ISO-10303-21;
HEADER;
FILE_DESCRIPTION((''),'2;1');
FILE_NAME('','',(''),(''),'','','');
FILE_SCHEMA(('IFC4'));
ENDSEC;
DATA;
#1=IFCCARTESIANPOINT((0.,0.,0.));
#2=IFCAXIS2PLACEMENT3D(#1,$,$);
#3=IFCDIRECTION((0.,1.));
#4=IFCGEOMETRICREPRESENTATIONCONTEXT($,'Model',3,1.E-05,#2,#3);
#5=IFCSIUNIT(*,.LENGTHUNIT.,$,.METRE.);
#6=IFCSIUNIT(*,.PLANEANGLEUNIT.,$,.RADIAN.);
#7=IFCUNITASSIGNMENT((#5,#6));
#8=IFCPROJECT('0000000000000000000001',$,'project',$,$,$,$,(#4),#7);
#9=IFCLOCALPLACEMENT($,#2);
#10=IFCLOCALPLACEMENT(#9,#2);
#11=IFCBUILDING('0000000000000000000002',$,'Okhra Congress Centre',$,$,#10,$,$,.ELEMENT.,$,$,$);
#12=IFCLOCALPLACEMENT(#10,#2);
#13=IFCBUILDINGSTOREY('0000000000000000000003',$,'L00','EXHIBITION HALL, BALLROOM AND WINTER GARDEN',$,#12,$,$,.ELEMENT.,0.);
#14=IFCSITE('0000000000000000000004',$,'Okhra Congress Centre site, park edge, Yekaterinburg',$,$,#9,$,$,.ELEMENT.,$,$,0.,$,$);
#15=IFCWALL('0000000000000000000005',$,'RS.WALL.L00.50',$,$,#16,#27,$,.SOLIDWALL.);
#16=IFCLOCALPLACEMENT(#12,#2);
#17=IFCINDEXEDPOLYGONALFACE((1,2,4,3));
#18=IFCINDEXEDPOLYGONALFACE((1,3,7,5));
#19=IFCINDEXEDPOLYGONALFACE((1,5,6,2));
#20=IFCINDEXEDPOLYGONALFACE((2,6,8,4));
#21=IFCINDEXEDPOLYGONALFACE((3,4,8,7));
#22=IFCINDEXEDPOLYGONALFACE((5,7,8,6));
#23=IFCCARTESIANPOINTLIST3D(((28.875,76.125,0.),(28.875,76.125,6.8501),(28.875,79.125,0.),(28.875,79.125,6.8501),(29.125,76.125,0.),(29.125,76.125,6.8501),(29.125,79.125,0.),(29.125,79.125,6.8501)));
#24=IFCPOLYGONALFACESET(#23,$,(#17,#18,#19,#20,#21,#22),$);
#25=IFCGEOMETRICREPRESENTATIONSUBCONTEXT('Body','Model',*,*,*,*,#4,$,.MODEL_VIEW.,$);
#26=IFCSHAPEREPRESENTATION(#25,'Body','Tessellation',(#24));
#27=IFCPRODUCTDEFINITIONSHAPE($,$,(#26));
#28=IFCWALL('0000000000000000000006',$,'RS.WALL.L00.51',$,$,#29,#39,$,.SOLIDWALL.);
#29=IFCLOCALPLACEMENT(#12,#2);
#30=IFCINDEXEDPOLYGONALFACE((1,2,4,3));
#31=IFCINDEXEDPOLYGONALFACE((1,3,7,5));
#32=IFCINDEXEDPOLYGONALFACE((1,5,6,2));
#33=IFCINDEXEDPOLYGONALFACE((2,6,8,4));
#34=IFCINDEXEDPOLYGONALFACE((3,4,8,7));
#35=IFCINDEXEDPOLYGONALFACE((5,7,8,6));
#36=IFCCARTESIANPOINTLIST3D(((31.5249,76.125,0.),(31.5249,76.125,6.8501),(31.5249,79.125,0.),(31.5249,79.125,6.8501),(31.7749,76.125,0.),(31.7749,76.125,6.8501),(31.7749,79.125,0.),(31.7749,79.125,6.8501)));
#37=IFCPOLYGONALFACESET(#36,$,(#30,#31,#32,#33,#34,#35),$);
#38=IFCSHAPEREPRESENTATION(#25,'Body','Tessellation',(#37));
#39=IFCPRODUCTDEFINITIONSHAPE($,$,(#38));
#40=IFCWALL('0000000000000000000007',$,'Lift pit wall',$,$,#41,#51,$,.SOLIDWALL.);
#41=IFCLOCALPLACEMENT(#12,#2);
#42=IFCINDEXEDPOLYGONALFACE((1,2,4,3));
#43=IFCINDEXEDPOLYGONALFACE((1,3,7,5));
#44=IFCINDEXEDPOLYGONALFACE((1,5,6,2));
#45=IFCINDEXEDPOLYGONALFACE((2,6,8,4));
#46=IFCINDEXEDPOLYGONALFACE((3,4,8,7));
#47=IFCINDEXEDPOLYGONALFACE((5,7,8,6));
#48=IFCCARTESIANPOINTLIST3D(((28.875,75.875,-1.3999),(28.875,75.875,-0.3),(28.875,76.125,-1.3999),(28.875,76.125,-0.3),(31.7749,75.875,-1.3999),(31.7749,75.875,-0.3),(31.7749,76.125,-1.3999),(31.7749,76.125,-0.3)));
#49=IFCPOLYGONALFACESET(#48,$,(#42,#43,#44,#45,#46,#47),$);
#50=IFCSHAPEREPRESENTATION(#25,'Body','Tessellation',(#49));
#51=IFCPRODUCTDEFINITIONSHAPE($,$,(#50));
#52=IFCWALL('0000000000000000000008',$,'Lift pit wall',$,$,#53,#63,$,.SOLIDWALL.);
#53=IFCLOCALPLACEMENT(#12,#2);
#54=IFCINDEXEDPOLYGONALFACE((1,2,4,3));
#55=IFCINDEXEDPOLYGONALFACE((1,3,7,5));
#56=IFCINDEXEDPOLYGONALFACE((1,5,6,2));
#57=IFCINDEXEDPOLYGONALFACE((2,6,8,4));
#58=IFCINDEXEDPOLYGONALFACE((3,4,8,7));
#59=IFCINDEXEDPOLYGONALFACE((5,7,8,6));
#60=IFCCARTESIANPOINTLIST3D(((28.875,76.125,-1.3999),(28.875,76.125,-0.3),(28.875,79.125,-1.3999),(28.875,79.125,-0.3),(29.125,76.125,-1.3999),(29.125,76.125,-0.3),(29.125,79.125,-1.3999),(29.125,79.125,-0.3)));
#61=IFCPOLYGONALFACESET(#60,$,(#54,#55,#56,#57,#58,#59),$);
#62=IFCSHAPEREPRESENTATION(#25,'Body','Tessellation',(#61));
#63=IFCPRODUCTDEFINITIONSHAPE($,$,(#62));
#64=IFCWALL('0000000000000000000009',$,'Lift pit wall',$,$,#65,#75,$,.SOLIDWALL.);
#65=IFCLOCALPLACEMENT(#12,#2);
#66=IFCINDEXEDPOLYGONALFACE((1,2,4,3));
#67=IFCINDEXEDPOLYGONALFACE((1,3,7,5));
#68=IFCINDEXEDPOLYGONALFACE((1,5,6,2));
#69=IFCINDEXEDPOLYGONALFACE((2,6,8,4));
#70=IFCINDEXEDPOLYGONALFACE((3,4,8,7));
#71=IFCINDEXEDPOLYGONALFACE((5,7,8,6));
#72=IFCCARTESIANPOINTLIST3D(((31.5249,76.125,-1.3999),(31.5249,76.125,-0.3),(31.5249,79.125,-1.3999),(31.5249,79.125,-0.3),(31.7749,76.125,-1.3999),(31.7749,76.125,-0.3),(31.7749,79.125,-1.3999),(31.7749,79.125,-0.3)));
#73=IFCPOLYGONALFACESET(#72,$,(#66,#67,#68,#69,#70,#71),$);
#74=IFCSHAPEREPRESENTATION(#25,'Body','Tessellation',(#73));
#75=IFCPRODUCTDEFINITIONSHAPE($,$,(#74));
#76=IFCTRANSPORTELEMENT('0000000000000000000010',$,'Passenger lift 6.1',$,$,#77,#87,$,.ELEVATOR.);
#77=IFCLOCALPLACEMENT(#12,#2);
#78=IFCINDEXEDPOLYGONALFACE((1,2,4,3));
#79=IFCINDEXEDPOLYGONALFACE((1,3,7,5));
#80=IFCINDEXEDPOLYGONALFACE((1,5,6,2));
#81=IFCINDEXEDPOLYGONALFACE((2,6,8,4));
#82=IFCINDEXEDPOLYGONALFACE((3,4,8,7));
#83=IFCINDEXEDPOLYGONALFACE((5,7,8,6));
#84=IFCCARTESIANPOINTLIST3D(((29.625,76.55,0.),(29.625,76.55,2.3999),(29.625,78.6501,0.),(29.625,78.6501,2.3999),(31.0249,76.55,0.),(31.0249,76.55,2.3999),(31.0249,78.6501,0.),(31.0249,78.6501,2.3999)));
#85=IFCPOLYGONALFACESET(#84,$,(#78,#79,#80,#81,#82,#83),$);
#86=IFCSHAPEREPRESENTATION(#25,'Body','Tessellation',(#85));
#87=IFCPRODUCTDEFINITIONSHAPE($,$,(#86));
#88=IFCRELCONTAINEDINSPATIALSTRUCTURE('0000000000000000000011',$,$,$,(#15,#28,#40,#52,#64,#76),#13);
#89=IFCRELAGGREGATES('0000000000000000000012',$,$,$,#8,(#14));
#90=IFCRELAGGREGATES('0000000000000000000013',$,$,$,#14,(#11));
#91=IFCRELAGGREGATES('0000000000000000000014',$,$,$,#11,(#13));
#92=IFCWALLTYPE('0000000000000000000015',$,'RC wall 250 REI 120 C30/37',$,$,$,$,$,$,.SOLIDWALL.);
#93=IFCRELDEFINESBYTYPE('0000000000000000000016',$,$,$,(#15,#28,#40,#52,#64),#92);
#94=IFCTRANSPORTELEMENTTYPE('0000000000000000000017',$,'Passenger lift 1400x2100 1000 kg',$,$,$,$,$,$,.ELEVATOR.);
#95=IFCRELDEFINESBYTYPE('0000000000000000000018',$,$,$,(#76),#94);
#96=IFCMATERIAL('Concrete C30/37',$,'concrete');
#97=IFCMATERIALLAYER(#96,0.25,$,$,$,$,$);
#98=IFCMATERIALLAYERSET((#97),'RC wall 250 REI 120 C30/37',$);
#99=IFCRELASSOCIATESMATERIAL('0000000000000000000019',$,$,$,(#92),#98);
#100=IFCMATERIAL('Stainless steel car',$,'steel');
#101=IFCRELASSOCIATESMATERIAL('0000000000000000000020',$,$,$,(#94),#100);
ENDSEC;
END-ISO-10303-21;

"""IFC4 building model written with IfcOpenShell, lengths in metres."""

from ifc_helpers import new_model, si_unit, direction, frame, frame_2d, origin, origin_2d, place, context, subcontext, project, spatial, rectangle, extrude, material, layer, layer_set, type_object, element, save


model = new_model("IFC4")

# Units and contexts
model_context = context("Model", 3, precision=1e-05, world=origin(), true_north=direction((0.0, 1.0)))
body_context = subcontext(model_context, "Body", "Model", "MODEL_VIEW")
ifc_project = project(units=[si_unit("LENGTHUNIT", "METRE"), si_unit("PLANEANGLEUNIT", "RADIAN")], contexts=[model_context])

# Site, building, storey
site_placement = place(None, origin())
site = spatial("IfcSite", under=ifc_project, at=site_placement, Name="Okhra Congress Centre site, park edge, Yekaterinburg", CompositionType="ELEMENT", RefElevation=0.0)
building_placement = place(site_placement, origin())
building = spatial("IfcBuilding", under=site, at=building_placement, Name="Okhra Congress Centre", CompositionType="ELEMENT")
storey_placement = place(building_placement, origin())
storey = spatial("IfcBuildingStorey", under=building, at=storey_placement, Name="L00", Description="EXHIBITION HALL, BALLROOM AND WINTER GARDEN", CompositionType="ELEMENT", Elevation=0.0)

# Shared definitions
ifc_material_1 = material(Name="Concrete C30/37", Category="concrete")

# Shared definitions
ifc_layer_1 = layer(ifc_material_1, 0.25)
ifc_layer_set_1 = layer_set([ifc_layer_1], Name="RC wall 250 REI 120 C30/37")
wall_type_1 = type_object("IfcWallType", Name="RC wall 250 REI 120 C30/37", PredefinedType="SOLIDWALL", material=ifc_layer_set_1)

# Walls
for number, where, z_axis, x_axis, name in (
    (1, (29.0, 76.125, 0.0), (0.0, 0.0, 1.0), (0.0, 1.0, 0.0), "RS.WALL.L00.50"),
    (2, (31.6499, 76.125, 0.0), (0.0, 0.0, 1.0), (0.0, 1.0, 0.0), "RS.WALL.L00.51"),
):
    element("IfcWall", number, at=place(storey_placement, frame(where, z_axis=z_axis, x_axis=x_axis)), inside=storey, type_object=wall_type_1, Name=name, PredefinedType="SOLIDWALL", context=body_context, shape_type="SweptSolid", body=[
        extrude(rectangle(XDim=3.0, YDim=0.25, at=frame_2d((1.5, 0.0))), origin(), (0.0, 0.0, 1.0), 6.8501),
    ])
wall_1_placement = place(storey_placement, frame((28.875, 76.0, -1.3999), z_axis=(0.0, 0.0, 1.0), x_axis=(1.0, 0.0, 0.0)))
element("IfcWall", 3, at=wall_1_placement, inside=storey, type_object=wall_type_1, Name="Lift pit wall", PredefinedType="SOLIDWALL", context=body_context, shape_type="SweptSolid", body=[
    extrude(rectangle(XDim=2.8999, YDim=0.25, at=frame_2d((1.45, 0.0))), origin(), (0.0, 0.0, 1.0), 1.0999),
])
for number, where, z_axis, x_axis, name in (
    (4, (29.0, 76.125, -1.3999), (0.0, 0.0, 1.0), (0.0, 1.0, 0.0), "Lift pit wall"),
    (5, (31.6499, 76.125, -1.3999), (0.0, 0.0, 1.0), (0.0, 1.0, 0.0), "Lift pit wall"),
):
    element("IfcWall", number, at=place(storey_placement, frame(where, z_axis=z_axis, x_axis=x_axis)), inside=storey, type_object=wall_type_1, Name=name, PredefinedType="SOLIDWALL", context=body_context, shape_type="SweptSolid", body=[
        extrude(rectangle(XDim=3.0, YDim=0.25, at=frame_2d((1.5, 0.0))), origin(), (0.0, 0.0, 1.0), 1.0999),
    ])

# Transport element
ifc_material_2 = material(Name="Stainless steel car", Category="steel")
transport_element_type = type_object("IfcTransportElementType", Name="Passenger lift 1400x2100 1000 kg", PredefinedType="ELEVATOR", material=ifc_material_2)
transport_element_placement = place(storey_placement, frame((30.325, 77.6001, 0.0), z_axis=(0.0, 0.0, 1.0), x_axis=(1.0, 0.0, 0.0)))
element("IfcTransportElement", 6, at=transport_element_placement, inside=storey, type_object=transport_element_type, Name="Passenger lift 6.1", PredefinedType="ELEVATOR", context=body_context, shape_type="SweptSolid", body=[
    extrude(rectangle(XDim=1.3999, YDim=2.1001, at=origin_2d()), origin(), (0.0, 0.0, 1.0), 2.3999),
])

save(model, "model.ifc")
